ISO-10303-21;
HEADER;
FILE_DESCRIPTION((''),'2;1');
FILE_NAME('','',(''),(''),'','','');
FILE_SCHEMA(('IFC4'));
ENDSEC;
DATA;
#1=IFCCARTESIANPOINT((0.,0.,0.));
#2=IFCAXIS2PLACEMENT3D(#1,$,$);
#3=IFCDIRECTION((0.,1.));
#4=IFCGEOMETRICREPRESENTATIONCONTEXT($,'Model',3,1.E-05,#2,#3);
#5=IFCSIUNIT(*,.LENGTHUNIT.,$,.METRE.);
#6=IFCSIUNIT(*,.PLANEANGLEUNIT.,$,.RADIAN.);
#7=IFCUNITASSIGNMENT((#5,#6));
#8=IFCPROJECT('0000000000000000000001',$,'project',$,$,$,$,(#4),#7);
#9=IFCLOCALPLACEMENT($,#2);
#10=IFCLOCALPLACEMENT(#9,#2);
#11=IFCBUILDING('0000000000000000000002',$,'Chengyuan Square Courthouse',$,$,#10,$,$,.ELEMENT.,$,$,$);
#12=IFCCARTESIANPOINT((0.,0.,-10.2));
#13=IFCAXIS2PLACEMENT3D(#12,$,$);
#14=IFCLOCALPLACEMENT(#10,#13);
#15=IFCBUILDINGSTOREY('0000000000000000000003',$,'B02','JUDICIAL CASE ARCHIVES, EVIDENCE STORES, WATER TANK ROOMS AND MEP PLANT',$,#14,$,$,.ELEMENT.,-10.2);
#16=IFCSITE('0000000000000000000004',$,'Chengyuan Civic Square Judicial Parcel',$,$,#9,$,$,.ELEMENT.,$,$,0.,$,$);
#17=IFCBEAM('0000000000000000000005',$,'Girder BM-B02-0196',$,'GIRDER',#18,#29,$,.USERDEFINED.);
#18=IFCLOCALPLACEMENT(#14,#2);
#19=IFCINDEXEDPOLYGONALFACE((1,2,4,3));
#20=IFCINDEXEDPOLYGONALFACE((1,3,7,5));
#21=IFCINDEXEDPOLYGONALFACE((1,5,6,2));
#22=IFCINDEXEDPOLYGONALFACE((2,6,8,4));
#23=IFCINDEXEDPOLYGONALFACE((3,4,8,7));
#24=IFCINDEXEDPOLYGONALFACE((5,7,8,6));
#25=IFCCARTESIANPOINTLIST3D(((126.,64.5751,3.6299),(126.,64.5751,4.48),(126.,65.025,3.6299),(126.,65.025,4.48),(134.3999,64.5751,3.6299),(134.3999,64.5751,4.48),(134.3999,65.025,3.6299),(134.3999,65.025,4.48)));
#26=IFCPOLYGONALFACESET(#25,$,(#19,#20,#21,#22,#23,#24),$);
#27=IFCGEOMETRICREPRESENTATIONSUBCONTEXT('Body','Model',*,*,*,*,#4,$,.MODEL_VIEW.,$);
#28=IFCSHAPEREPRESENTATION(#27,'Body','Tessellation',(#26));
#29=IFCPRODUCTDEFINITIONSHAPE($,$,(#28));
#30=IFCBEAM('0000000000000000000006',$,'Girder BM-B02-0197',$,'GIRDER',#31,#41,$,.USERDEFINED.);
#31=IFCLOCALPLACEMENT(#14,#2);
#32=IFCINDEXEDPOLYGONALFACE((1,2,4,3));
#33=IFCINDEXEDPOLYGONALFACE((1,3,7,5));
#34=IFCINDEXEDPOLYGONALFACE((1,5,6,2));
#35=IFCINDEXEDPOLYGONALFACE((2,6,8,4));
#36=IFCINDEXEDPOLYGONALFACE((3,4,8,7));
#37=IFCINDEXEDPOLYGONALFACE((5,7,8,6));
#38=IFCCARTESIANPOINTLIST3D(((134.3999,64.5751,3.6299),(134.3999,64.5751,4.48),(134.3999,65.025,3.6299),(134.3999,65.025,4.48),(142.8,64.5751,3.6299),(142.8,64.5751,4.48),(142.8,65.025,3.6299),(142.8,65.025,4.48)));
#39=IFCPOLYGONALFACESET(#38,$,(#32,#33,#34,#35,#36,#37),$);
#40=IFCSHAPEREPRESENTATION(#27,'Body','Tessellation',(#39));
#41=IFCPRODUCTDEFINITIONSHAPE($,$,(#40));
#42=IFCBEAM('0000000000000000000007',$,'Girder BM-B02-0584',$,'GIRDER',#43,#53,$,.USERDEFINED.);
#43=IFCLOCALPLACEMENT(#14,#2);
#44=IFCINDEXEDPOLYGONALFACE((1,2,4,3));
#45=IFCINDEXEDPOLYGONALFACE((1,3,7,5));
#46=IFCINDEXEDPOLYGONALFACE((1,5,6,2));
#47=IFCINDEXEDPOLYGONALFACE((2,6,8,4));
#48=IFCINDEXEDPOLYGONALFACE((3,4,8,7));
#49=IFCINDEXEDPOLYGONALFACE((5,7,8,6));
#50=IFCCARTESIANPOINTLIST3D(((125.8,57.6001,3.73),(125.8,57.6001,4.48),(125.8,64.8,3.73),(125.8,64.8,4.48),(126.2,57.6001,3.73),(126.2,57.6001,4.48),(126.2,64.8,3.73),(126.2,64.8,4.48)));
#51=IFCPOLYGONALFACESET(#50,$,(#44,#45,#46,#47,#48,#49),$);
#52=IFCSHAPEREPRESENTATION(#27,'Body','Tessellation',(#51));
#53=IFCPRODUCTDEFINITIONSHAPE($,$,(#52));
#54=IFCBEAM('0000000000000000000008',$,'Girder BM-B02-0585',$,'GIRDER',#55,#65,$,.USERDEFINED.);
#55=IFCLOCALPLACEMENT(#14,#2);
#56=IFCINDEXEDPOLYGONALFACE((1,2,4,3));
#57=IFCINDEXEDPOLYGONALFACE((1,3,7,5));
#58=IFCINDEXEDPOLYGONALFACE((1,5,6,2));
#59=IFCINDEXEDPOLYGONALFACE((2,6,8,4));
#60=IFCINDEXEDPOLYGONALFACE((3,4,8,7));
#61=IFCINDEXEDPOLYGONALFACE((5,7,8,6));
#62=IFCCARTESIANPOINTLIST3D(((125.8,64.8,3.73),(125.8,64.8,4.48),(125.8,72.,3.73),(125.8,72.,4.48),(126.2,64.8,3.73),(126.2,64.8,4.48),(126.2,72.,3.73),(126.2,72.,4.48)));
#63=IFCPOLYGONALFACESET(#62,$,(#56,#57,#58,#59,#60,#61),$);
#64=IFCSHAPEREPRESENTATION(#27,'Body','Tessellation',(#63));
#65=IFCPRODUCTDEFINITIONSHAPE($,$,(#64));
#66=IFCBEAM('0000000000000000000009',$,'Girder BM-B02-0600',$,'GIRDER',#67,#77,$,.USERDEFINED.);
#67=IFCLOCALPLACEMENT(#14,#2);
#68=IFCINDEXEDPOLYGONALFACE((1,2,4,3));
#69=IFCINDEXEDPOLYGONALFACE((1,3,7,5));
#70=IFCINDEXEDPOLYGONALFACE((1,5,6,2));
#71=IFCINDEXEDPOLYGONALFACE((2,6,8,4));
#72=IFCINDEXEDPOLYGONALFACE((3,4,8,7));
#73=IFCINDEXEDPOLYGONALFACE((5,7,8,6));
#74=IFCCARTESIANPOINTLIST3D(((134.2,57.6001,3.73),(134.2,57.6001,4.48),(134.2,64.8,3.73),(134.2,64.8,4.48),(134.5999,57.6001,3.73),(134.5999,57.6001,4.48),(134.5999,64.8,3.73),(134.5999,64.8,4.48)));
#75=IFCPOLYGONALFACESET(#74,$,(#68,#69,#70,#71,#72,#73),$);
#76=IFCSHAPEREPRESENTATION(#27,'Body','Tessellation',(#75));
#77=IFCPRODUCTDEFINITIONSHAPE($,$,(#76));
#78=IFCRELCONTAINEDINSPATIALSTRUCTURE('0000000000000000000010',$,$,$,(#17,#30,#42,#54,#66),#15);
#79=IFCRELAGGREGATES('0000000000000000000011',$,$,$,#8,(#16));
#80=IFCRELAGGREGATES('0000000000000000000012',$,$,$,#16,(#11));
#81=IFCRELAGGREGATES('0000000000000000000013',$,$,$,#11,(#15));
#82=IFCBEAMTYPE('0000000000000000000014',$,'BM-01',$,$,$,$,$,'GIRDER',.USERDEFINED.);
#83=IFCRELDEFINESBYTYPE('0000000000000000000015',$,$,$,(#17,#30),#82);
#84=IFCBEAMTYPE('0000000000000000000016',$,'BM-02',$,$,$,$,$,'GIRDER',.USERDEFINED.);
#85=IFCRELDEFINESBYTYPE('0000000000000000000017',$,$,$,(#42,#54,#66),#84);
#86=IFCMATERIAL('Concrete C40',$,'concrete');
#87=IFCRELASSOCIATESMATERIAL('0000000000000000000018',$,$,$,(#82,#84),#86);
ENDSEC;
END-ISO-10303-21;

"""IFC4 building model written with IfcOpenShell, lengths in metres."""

from ifc_helpers import new_model, si_unit, direction, frame, origin, origin_2d, place, context, subcontext, project, spatial, rectangle, extrude, material, material_profile, profile_set, type_object, element, save


model = new_model("IFC4")

# Units and contexts
model_context = context("Model", 3, precision=1e-05, world=origin(), true_north=direction((0.0, 1.0)))
body_context = subcontext(model_context, "Body", "Model", "MODEL_VIEW")
ifc_project = project(units=[si_unit("LENGTHUNIT", "METRE"), si_unit("PLANEANGLEUNIT", "RADIAN")], contexts=[model_context])

# Site, building, storey
site_placement = place(None, origin())
site = spatial("IfcSite", under=ifc_project, at=site_placement, Name="Chengyuan Civic Square Judicial Parcel", CompositionType="ELEMENT", RefElevation=0.0)
building_placement = place(site_placement, origin())
building = spatial("IfcBuilding", under=site, at=building_placement, Name="Chengyuan Square Courthouse", CompositionType="ELEMENT")
storey_placement = place(building_placement, frame((0.0, 0.0, -10.2)))
storey = spatial("IfcBuildingStorey", under=building, at=storey_placement, Name="B02", Description="JUDICIAL CASE ARCHIVES, EVIDENCE STORES, WATER TANK ROOMS AND MEP PLANT", CompositionType="ELEMENT", Elevation=-10.2)

# Shared definitions
ifc_material_1 = material(Name="Concrete C40", Category="concrete")

# Beams
ifc_material_profile_1 = material_profile(ifc_material_1, rectangle(XDim=0.45, YDim=0.8501, at=origin_2d()), Name="RC-BM-450x850")
ifc_profile_set_1 = profile_set([ifc_material_profile_1], Name="Concrete C40")
beam_type_1 = type_object("IfcBeamType", Name="BM-01", ElementType="GIRDER", PredefinedType="USERDEFINED", material=ifc_profile_set_1)
beam_1_placement = place(storey_placement, frame((126.0, 64.8, 4.0549), z_axis=(1.0, 0.0, 0.0), x_axis=(0.0, 1.0, 0.0)))
element("IfcBeam", 1, at=beam_1_placement, inside=storey, type_object=beam_type_1, Name="Girder BM-B02-0196", ObjectType="GIRDER", PredefinedType="USERDEFINED", context=body_context, shape_type="SweptSolid", body=[
    extrude(rectangle(XDim=0.45, YDim=0.8501, at=origin_2d()), origin(), (0.0, 0.0, 1.0), 8.3999),
])
beam_2_placement = place(storey_placement, frame((134.3999, 64.8, 4.0549), z_axis=(1.0, 0.0, 0.0), x_axis=(0.0, 1.0, 0.0)))
element("IfcBeam", 2, at=beam_2_placement, inside=storey, type_object=beam_type_1, Name="Girder BM-B02-0197", ObjectType="GIRDER", PredefinedType="USERDEFINED", context=body_context, shape_type="SweptSolid", body=[
    extrude(rectangle(XDim=0.45, YDim=0.8501, at=origin_2d()), origin(), (0.0, 0.0, 1.0), 8.4001),
])
ifc_material_profile_2 = material_profile(ifc_material_1, rectangle(XDim=0.3999, YDim=0.75, at=origin_2d()), Name="RC-BM-400x750")
ifc_profile_set_2 = profile_set([ifc_material_profile_2], Name="Concrete C40")
beam_type_2 = type_object("IfcBeamType", Name="BM-02", ElementType="GIRDER", PredefinedType="USERDEFINED", material=ifc_profile_set_2)
for number, where, z_axis, x_axis, name in (
    (3, (126.0, 57.6001, 4.105), (0.0, 1.0, 0.0), (-1.0, 0.0, 0.0), "Girder BM-B02-0584"),
    (4, (126.0, 64.8, 4.105), (0.0, 1.0, 0.0), (-1.0, 0.0, 0.0), "Girder BM-B02-0585"),
    (5, (134.3999, 57.6001, 4.105), (0.0, 1.0, 0.0), (-1.0, 0.0, 0.0), "Girder BM-B02-0600"),
):
    element("IfcBeam", number, at=place(storey_placement, frame(where, z_axis=z_axis, x_axis=x_axis)), inside=storey, type_object=beam_type_2, Name=name, ObjectType="GIRDER", PredefinedType="USERDEFINED", context=body_context, shape_type="SweptSolid", body=[
        extrude(rectangle(XDim=0.3999, YDim=0.75, at=origin_2d()), origin(), (0.0, 0.0, 1.0), 7.2),
    ])

save(model, "model.ifc")
